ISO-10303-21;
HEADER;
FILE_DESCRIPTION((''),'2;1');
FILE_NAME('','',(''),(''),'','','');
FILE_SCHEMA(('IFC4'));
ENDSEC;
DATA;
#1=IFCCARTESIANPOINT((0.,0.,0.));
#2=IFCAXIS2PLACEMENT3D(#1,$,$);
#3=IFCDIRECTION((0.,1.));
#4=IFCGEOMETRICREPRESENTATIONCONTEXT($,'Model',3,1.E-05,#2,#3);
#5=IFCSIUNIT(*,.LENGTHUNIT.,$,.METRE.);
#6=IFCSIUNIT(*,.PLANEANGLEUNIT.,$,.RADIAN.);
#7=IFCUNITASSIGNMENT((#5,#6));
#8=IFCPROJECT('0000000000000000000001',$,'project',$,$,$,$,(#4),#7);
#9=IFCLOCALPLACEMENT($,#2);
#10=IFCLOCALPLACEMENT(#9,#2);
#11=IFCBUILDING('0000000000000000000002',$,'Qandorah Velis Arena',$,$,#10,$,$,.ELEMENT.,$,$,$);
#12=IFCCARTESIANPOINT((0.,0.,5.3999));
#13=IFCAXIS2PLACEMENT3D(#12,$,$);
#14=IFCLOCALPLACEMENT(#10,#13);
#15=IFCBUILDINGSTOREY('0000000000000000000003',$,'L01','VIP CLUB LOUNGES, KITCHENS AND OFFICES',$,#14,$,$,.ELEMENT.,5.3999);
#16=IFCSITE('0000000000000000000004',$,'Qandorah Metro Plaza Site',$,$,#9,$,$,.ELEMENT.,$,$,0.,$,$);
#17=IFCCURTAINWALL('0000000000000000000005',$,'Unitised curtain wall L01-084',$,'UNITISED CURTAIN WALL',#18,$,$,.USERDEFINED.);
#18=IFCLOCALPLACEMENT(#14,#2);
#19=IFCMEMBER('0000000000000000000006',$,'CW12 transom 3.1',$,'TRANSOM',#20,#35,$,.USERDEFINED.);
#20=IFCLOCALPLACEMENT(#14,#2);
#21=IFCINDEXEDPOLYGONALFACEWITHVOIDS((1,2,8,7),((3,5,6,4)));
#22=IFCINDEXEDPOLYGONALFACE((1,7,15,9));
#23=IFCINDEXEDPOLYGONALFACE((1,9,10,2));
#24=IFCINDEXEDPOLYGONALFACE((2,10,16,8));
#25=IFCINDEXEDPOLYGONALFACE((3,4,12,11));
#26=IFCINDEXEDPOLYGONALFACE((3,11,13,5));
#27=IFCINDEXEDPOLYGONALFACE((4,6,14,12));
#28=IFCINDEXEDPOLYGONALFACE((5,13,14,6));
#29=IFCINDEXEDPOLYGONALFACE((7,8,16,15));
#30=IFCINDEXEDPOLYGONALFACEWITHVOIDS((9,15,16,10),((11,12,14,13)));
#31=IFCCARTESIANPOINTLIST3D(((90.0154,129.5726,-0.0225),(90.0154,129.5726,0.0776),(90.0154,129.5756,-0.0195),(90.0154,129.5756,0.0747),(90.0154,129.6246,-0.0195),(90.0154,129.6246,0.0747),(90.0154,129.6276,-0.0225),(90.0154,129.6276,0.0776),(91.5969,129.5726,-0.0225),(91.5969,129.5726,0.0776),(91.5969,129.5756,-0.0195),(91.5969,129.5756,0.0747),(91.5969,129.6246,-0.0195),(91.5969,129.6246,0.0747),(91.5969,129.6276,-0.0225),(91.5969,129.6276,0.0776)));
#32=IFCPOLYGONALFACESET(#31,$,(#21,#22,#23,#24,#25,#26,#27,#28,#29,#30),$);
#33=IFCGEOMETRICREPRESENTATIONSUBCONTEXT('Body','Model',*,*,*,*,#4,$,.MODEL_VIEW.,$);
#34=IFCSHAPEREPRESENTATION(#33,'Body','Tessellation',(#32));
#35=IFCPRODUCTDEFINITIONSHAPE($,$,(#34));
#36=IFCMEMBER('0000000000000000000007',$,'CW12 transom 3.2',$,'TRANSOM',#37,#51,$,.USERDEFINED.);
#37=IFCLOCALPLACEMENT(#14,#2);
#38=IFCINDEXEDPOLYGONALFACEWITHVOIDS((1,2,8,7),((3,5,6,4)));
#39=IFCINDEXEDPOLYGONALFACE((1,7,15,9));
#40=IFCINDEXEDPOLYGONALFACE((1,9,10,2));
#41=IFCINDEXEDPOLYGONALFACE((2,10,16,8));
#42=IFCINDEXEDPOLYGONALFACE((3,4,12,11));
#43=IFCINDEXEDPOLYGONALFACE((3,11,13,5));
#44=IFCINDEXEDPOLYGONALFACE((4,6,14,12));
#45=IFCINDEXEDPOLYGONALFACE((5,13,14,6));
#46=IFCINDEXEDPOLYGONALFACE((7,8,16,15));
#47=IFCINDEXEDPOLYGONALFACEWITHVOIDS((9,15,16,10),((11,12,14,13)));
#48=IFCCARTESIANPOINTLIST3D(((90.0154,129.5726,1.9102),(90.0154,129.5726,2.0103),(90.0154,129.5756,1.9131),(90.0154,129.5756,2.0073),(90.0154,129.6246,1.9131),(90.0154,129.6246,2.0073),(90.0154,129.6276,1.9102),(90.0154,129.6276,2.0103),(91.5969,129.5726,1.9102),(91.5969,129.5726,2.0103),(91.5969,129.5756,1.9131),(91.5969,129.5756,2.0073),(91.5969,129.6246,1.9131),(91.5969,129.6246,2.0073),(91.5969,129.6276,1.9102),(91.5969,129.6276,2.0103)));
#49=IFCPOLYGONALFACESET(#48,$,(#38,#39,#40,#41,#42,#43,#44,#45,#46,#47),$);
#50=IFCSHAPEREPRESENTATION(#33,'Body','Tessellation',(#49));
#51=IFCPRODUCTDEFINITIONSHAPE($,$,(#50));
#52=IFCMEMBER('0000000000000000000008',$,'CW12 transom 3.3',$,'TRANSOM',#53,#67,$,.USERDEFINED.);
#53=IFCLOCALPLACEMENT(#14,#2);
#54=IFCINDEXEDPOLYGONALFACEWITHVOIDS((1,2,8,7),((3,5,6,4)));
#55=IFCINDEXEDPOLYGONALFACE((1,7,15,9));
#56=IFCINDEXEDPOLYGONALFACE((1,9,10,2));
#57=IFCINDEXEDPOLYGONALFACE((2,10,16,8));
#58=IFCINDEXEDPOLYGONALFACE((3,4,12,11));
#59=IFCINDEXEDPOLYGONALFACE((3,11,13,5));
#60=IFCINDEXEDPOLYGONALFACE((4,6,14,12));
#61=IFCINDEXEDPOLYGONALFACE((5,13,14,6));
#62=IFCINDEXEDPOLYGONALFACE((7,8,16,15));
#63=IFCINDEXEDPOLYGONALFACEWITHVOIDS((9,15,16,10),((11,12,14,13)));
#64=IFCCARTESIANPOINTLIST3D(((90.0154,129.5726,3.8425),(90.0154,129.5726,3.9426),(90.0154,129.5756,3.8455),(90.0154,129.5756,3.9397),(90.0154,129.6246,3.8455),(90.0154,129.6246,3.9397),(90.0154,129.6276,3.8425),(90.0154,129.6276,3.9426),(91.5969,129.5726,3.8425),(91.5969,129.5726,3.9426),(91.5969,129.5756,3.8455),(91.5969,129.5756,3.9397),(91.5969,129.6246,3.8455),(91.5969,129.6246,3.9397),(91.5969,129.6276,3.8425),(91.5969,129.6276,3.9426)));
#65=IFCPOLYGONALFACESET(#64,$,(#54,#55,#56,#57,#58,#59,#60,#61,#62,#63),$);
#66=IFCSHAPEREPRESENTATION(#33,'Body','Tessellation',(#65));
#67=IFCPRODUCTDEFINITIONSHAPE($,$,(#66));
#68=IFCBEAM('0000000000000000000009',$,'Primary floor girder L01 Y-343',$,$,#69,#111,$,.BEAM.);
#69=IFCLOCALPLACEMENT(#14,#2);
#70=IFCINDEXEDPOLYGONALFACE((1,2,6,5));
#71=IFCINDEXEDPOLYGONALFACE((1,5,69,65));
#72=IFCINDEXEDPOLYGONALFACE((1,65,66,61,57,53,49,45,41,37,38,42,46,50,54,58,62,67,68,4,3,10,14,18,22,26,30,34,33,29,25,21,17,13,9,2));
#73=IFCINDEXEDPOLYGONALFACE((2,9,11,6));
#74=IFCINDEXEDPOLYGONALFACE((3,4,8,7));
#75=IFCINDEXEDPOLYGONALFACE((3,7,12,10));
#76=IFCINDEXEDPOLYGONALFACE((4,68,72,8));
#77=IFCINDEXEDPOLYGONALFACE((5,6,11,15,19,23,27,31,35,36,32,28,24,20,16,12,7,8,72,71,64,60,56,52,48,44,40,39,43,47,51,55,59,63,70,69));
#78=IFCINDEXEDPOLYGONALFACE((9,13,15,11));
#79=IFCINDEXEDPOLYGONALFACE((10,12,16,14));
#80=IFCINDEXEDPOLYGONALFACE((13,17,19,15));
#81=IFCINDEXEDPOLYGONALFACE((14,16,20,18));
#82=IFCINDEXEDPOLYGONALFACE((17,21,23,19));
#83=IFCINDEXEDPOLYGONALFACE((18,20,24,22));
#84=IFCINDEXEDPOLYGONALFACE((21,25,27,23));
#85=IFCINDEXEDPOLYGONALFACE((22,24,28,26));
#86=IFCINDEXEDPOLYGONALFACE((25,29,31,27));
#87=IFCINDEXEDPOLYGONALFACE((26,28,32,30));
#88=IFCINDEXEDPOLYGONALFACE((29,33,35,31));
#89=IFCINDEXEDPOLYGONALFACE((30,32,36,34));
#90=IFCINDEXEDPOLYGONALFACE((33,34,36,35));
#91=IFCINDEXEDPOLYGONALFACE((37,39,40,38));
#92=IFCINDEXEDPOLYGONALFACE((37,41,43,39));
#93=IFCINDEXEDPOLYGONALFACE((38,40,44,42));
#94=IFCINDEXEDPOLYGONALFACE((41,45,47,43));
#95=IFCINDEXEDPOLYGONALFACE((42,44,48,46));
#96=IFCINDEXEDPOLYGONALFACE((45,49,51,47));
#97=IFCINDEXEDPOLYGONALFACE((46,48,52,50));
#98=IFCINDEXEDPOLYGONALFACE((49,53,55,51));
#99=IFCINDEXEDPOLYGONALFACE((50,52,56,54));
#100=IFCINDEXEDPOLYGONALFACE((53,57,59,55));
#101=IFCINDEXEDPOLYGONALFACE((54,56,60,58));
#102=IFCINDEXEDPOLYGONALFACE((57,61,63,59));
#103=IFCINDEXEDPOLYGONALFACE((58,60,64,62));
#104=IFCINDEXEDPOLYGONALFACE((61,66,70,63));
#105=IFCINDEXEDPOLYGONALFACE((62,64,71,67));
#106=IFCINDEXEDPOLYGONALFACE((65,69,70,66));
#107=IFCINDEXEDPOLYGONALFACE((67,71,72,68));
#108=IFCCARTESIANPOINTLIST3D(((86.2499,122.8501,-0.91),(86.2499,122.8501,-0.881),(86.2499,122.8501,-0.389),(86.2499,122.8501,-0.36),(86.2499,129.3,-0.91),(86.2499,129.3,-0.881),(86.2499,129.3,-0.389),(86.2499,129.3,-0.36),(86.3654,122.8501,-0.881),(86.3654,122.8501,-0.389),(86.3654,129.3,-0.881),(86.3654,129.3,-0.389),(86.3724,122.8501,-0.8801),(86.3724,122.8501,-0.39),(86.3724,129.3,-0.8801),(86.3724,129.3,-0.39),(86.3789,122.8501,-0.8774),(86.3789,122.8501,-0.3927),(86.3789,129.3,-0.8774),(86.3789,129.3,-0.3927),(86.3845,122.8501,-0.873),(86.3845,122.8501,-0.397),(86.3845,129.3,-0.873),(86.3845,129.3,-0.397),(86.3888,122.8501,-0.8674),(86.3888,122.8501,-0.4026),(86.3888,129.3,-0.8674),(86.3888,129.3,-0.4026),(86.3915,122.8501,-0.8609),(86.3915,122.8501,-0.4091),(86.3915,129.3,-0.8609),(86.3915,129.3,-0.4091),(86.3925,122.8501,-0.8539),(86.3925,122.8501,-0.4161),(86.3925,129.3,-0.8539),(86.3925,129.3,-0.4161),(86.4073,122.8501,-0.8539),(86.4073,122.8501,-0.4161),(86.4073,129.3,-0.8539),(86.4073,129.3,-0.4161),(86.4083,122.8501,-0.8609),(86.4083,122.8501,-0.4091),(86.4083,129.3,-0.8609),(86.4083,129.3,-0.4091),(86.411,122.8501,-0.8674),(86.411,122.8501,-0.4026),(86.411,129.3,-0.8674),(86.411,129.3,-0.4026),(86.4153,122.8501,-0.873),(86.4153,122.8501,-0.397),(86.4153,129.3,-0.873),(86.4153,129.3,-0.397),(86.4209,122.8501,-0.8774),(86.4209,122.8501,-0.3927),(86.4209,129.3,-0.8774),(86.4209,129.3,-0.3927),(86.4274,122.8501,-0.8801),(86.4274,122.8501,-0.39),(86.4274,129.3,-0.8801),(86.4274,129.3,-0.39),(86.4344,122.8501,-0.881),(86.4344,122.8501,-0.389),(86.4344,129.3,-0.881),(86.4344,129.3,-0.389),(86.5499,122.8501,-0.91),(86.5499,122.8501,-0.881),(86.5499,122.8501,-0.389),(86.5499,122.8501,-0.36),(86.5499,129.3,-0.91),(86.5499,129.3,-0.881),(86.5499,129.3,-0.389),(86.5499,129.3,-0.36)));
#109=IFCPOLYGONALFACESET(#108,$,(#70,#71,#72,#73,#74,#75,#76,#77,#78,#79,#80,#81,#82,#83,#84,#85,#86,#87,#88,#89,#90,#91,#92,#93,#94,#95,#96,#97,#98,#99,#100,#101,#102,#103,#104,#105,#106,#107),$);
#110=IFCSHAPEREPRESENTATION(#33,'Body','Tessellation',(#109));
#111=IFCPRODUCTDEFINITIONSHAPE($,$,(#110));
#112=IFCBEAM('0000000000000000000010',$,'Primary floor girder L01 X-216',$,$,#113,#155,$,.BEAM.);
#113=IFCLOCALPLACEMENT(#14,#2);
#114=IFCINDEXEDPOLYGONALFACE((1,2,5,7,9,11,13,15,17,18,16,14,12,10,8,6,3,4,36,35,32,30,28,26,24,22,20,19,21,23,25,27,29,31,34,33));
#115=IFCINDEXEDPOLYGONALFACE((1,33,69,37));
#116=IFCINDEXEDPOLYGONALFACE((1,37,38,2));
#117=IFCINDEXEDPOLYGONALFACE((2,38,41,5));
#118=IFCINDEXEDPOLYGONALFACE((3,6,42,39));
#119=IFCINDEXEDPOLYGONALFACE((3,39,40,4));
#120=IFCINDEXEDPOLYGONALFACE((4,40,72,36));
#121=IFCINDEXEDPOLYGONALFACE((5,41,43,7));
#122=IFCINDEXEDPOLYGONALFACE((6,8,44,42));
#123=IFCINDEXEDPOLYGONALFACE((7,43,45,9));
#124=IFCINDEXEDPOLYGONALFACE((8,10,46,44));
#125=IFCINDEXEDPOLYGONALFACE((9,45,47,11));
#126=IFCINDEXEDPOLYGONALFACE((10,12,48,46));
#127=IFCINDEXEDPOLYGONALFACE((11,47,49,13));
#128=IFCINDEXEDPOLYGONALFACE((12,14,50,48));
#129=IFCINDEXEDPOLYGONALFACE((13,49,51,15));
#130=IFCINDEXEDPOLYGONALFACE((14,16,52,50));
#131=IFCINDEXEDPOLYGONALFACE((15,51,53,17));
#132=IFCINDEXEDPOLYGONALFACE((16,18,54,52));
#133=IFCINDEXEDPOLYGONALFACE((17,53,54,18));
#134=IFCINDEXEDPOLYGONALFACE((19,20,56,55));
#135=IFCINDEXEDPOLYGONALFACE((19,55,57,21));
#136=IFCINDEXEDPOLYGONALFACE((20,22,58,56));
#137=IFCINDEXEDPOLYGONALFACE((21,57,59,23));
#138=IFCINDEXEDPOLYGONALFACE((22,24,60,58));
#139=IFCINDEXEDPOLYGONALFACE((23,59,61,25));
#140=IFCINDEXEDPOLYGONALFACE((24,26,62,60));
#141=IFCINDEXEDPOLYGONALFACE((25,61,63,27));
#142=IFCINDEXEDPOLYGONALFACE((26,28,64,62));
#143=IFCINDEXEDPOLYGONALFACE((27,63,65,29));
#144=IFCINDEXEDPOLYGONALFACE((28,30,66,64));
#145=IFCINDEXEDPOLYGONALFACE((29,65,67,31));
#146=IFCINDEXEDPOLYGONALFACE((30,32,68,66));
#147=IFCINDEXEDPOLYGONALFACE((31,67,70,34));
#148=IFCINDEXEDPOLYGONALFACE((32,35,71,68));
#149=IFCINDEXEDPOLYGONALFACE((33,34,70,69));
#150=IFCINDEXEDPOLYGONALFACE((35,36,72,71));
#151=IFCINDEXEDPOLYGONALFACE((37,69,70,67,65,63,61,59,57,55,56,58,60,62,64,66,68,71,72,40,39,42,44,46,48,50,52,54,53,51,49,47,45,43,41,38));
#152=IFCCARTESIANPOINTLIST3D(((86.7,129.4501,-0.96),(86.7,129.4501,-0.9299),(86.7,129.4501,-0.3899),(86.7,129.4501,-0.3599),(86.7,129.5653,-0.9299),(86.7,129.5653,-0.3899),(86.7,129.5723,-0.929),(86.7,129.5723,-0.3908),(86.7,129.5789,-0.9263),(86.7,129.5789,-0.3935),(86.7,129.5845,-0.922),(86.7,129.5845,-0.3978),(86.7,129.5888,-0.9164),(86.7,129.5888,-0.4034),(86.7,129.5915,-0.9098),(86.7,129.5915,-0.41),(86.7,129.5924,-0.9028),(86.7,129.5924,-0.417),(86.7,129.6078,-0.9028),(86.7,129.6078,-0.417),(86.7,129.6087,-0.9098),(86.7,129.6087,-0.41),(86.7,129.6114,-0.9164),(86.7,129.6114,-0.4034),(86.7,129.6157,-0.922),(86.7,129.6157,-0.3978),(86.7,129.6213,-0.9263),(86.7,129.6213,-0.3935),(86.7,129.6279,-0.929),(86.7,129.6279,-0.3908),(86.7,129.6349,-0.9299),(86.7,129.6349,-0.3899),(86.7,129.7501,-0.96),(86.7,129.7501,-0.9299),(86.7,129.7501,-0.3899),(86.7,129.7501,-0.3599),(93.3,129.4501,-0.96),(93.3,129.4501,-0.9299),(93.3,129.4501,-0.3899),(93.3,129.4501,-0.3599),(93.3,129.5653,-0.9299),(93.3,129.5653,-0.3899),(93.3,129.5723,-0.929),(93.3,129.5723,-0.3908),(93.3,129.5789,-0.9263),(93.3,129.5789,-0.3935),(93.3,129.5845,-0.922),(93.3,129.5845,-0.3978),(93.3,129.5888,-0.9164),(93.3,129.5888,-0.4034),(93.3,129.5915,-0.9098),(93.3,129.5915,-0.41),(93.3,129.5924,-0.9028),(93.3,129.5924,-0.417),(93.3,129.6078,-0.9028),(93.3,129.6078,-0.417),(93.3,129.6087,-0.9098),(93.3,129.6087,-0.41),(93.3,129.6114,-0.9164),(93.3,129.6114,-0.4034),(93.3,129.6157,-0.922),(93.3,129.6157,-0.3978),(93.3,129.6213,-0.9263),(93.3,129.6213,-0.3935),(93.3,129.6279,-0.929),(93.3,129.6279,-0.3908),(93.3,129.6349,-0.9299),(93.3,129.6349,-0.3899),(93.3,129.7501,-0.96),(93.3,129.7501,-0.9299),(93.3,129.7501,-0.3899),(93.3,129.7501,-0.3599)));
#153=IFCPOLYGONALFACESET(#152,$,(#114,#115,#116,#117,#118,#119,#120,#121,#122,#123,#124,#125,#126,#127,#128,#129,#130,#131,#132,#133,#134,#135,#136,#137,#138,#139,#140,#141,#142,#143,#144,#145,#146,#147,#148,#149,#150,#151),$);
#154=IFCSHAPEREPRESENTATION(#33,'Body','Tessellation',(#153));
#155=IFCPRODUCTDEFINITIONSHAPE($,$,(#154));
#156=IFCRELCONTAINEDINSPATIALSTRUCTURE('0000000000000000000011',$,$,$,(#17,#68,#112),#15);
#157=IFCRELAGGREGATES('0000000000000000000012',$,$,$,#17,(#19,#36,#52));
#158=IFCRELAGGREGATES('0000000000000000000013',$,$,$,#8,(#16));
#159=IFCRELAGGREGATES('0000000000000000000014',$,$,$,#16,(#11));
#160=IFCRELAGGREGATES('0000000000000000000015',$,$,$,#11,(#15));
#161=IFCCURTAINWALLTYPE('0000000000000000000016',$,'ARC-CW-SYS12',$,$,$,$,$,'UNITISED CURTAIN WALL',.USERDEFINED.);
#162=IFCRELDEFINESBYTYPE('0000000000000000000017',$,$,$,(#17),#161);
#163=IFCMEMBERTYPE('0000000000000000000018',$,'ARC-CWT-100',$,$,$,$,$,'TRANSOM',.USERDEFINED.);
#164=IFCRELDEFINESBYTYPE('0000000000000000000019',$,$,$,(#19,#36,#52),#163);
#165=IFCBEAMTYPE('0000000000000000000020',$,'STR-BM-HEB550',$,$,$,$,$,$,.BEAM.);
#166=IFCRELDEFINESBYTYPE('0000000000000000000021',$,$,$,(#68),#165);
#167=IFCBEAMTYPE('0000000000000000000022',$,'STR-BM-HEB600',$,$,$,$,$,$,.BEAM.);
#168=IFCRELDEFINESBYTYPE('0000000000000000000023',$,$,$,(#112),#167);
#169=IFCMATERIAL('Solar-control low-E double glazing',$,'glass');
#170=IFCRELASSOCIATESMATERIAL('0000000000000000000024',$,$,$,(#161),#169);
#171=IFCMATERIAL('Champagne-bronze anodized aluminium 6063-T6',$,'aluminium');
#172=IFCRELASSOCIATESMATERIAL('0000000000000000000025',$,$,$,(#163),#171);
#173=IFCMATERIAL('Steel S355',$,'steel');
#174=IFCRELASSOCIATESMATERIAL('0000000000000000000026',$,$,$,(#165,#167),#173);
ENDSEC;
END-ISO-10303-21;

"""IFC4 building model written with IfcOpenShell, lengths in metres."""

from ifc_helpers import new_model, si_unit, direction, frame, origin, origin_2d, place, context, subcontext, project, spatial, hollow_rectangle, i_section, extrude, material, material_profile, profile_set, type_object, element, aggregate, save


model = new_model("IFC4")

# Units and contexts
model_context = context("Model", 3, precision=1e-05, world=origin(), true_north=direction((0.0, 1.0)))
body_context = subcontext(model_context, "Body", "Model", "MODEL_VIEW")
ifc_project = project(units=[si_unit("LENGTHUNIT", "METRE"), si_unit("PLANEANGLEUNIT", "RADIAN")], contexts=[model_context])

# Site, building, storey
site_placement = place(None, origin())
site = spatial("IfcSite", under=ifc_project, at=site_placement, Name="Qandorah Metro Plaza Site", CompositionType="ELEMENT", RefElevation=0.0)
building_placement = place(site_placement, origin())
building = spatial("IfcBuilding", under=site, at=building_placement, Name="Qandorah Velis Arena", CompositionType="ELEMENT")
storey_placement = place(building_placement, frame((0.0, 0.0, 5.3999)))
storey = spatial("IfcBuildingStorey", under=building, at=storey_placement, Name="L01", Description="VIP CLUB LOUNGES, KITCHENS AND OFFICES", CompositionType="ELEMENT", Elevation=5.3999)

# Curtain wall, members
ifc_material_1 = material(Name="Solar-control low-E double glazing", Category="glass")
curtain_wall_type = type_object("IfcCurtainWallType", Name="ARC-CW-SYS12", ElementType="UNITISED CURTAIN WALL", PredefinedType="USERDEFINED", material=ifc_material_1)
curtain_wall_placement = place(storey_placement, origin())
curtain_wall = element("IfcCurtainWall", 1, at=curtain_wall_placement, inside=storey, type_object=curtain_wall_type, Name="Unitised curtain wall L01-084", ObjectType="UNITISED CURTAIN WALL", PredefinedType="USERDEFINED")
ifc_material_2 = material(Name="Champagne-bronze anodized aluminium 6063-T6", Category="aluminium")
ifc_material_profile_1 = material_profile(ifc_material_2, hollow_rectangle(XDim=0.0549, YDim=0.1001, WallThickness=0.0029, at=origin_2d()), Name="ALU TRANSOM 55x100")
ifc_profile_set_1 = profile_set([ifc_material_profile_1], Name="Champagne-bronze anodized aluminium 6063-T6")
member_type_1 = type_object("IfcMemberType", Name="ARC-CWT-100", ElementType="TRANSOM", PredefinedType="USERDEFINED", material=ifc_profile_set_1)
member_1_placement = place(storey_placement, frame((90.0154, 129.6001, 0.0276), z_axis=(1.0, 0.0, 0.0), x_axis=(0.0, 1.0, 0.0)))
member_1 = element("IfcMember", 2, at=member_1_placement, type_object=member_type_1, Name="CW12 transom 3.1", ObjectType="TRANSOM", PredefinedType="USERDEFINED", context=body_context, shape_type="SweptSolid", body=[
    extrude(hollow_rectangle(XDim=0.0549, YDim=0.1001, WallThickness=0.0029, at=origin_2d()), origin(), (0.0, 0.0, 1.0), 1.5815),
])
member_2_placement = place(storey_placement, frame((90.0154, 129.6001, 1.9602), z_axis=(1.0, 0.0, 0.0), x_axis=(0.0, 1.0, 0.0)))
member_2 = element("IfcMember", 3, at=member_2_placement, type_object=member_type_1, Name="CW12 transom 3.2", ObjectType="TRANSOM", PredefinedType="USERDEFINED", context=body_context, shape_type="SweptSolid", body=[
    extrude(hollow_rectangle(XDim=0.0549, YDim=0.1001, WallThickness=0.0029, at=origin_2d()), origin(), (0.0, 0.0, 1.0), 1.5815),
])
member_3_placement = place(storey_placement, frame((90.0154, 129.6001, 3.8926), z_axis=(1.0, 0.0, 0.0), x_axis=(0.0, 1.0, 0.0)))
member_3 = element("IfcMember", 4, at=member_3_placement, type_object=member_type_1, Name="CW12 transom 3.3", ObjectType="TRANSOM", PredefinedType="USERDEFINED", context=body_context, shape_type="SweptSolid", body=[
    extrude(hollow_rectangle(XDim=0.0549, YDim=0.1001, WallThickness=0.0029, at=origin_2d()), origin(), (0.0, 0.0, 1.0), 1.5815),
])

# Beams
ifc_material_3 = material(Name="Steel S355", Category="steel")
ifc_material_profile_2 = material_profile(ifc_material_3, i_section(OverallWidth=0.3, OverallDepth=0.55, WebThickness=0.0149, FlangeThickness=0.0291, FilletRadius=0.0271, at=origin_2d()), Name="HEB 550")
ifc_profile_set_2 = profile_set([ifc_material_profile_2], Name="Steel S355")
beam_type_1 = type_object("IfcBeamType", Name="STR-BM-HEB550", PredefinedType="BEAM", material=ifc_profile_set_2)
beam_1_placement = place(storey_placement, frame((86.3999, 122.8501, -0.635), z_axis=(0.0, 1.0, 0.0), x_axis=(-1.0, 0.0, 0.0)))
element("IfcBeam", 5, at=beam_1_placement, inside=storey, type_object=beam_type_1, Name="Primary floor girder L01 Y-343", PredefinedType="BEAM", context=body_context, shape_type="SweptSolid", body=[
    extrude(i_section(OverallWidth=0.3, OverallDepth=0.55, WebThickness=0.0149, FlangeThickness=0.0291, FilletRadius=0.0271, at=origin_2d()), origin(), (0.0, 0.0, 1.0), 6.45),
])
ifc_material_profile_3 = material_profile(ifc_material_3, i_section(OverallWidth=0.3, OverallDepth=0.6001, WebThickness=0.0154, FlangeThickness=0.03, FilletRadius=0.0271, at=origin_2d()), Name="HEB 600")
ifc_profile_set_3 = profile_set([ifc_material_profile_3], Name="Steel S355")
beam_type_2 = type_object("IfcBeamType", Name="STR-BM-HEB600", PredefinedType="BEAM", material=ifc_profile_set_3)
beam_2_placement = place(storey_placement, frame((86.7, 129.6001, -0.6599), z_axis=(1.0, 0.0, 0.0), x_axis=(0.0, 1.0, 0.0)))
element("IfcBeam", 6, at=beam_2_placement, inside=storey, type_object=beam_type_2, Name="Primary floor girder L01 X-216", PredefinedType="BEAM", context=body_context, shape_type="SweptSolid", body=[
    extrude(i_section(OverallWidth=0.3, OverallDepth=0.6001, WebThickness=0.0154, FlangeThickness=0.03, FilletRadius=0.0271, at=origin_2d()), origin(), (0.0, 0.0, 1.0), 6.6001),
])

aggregate(curtain_wall, [member_1, member_2, member_3])

save(model, "model.ifc")
